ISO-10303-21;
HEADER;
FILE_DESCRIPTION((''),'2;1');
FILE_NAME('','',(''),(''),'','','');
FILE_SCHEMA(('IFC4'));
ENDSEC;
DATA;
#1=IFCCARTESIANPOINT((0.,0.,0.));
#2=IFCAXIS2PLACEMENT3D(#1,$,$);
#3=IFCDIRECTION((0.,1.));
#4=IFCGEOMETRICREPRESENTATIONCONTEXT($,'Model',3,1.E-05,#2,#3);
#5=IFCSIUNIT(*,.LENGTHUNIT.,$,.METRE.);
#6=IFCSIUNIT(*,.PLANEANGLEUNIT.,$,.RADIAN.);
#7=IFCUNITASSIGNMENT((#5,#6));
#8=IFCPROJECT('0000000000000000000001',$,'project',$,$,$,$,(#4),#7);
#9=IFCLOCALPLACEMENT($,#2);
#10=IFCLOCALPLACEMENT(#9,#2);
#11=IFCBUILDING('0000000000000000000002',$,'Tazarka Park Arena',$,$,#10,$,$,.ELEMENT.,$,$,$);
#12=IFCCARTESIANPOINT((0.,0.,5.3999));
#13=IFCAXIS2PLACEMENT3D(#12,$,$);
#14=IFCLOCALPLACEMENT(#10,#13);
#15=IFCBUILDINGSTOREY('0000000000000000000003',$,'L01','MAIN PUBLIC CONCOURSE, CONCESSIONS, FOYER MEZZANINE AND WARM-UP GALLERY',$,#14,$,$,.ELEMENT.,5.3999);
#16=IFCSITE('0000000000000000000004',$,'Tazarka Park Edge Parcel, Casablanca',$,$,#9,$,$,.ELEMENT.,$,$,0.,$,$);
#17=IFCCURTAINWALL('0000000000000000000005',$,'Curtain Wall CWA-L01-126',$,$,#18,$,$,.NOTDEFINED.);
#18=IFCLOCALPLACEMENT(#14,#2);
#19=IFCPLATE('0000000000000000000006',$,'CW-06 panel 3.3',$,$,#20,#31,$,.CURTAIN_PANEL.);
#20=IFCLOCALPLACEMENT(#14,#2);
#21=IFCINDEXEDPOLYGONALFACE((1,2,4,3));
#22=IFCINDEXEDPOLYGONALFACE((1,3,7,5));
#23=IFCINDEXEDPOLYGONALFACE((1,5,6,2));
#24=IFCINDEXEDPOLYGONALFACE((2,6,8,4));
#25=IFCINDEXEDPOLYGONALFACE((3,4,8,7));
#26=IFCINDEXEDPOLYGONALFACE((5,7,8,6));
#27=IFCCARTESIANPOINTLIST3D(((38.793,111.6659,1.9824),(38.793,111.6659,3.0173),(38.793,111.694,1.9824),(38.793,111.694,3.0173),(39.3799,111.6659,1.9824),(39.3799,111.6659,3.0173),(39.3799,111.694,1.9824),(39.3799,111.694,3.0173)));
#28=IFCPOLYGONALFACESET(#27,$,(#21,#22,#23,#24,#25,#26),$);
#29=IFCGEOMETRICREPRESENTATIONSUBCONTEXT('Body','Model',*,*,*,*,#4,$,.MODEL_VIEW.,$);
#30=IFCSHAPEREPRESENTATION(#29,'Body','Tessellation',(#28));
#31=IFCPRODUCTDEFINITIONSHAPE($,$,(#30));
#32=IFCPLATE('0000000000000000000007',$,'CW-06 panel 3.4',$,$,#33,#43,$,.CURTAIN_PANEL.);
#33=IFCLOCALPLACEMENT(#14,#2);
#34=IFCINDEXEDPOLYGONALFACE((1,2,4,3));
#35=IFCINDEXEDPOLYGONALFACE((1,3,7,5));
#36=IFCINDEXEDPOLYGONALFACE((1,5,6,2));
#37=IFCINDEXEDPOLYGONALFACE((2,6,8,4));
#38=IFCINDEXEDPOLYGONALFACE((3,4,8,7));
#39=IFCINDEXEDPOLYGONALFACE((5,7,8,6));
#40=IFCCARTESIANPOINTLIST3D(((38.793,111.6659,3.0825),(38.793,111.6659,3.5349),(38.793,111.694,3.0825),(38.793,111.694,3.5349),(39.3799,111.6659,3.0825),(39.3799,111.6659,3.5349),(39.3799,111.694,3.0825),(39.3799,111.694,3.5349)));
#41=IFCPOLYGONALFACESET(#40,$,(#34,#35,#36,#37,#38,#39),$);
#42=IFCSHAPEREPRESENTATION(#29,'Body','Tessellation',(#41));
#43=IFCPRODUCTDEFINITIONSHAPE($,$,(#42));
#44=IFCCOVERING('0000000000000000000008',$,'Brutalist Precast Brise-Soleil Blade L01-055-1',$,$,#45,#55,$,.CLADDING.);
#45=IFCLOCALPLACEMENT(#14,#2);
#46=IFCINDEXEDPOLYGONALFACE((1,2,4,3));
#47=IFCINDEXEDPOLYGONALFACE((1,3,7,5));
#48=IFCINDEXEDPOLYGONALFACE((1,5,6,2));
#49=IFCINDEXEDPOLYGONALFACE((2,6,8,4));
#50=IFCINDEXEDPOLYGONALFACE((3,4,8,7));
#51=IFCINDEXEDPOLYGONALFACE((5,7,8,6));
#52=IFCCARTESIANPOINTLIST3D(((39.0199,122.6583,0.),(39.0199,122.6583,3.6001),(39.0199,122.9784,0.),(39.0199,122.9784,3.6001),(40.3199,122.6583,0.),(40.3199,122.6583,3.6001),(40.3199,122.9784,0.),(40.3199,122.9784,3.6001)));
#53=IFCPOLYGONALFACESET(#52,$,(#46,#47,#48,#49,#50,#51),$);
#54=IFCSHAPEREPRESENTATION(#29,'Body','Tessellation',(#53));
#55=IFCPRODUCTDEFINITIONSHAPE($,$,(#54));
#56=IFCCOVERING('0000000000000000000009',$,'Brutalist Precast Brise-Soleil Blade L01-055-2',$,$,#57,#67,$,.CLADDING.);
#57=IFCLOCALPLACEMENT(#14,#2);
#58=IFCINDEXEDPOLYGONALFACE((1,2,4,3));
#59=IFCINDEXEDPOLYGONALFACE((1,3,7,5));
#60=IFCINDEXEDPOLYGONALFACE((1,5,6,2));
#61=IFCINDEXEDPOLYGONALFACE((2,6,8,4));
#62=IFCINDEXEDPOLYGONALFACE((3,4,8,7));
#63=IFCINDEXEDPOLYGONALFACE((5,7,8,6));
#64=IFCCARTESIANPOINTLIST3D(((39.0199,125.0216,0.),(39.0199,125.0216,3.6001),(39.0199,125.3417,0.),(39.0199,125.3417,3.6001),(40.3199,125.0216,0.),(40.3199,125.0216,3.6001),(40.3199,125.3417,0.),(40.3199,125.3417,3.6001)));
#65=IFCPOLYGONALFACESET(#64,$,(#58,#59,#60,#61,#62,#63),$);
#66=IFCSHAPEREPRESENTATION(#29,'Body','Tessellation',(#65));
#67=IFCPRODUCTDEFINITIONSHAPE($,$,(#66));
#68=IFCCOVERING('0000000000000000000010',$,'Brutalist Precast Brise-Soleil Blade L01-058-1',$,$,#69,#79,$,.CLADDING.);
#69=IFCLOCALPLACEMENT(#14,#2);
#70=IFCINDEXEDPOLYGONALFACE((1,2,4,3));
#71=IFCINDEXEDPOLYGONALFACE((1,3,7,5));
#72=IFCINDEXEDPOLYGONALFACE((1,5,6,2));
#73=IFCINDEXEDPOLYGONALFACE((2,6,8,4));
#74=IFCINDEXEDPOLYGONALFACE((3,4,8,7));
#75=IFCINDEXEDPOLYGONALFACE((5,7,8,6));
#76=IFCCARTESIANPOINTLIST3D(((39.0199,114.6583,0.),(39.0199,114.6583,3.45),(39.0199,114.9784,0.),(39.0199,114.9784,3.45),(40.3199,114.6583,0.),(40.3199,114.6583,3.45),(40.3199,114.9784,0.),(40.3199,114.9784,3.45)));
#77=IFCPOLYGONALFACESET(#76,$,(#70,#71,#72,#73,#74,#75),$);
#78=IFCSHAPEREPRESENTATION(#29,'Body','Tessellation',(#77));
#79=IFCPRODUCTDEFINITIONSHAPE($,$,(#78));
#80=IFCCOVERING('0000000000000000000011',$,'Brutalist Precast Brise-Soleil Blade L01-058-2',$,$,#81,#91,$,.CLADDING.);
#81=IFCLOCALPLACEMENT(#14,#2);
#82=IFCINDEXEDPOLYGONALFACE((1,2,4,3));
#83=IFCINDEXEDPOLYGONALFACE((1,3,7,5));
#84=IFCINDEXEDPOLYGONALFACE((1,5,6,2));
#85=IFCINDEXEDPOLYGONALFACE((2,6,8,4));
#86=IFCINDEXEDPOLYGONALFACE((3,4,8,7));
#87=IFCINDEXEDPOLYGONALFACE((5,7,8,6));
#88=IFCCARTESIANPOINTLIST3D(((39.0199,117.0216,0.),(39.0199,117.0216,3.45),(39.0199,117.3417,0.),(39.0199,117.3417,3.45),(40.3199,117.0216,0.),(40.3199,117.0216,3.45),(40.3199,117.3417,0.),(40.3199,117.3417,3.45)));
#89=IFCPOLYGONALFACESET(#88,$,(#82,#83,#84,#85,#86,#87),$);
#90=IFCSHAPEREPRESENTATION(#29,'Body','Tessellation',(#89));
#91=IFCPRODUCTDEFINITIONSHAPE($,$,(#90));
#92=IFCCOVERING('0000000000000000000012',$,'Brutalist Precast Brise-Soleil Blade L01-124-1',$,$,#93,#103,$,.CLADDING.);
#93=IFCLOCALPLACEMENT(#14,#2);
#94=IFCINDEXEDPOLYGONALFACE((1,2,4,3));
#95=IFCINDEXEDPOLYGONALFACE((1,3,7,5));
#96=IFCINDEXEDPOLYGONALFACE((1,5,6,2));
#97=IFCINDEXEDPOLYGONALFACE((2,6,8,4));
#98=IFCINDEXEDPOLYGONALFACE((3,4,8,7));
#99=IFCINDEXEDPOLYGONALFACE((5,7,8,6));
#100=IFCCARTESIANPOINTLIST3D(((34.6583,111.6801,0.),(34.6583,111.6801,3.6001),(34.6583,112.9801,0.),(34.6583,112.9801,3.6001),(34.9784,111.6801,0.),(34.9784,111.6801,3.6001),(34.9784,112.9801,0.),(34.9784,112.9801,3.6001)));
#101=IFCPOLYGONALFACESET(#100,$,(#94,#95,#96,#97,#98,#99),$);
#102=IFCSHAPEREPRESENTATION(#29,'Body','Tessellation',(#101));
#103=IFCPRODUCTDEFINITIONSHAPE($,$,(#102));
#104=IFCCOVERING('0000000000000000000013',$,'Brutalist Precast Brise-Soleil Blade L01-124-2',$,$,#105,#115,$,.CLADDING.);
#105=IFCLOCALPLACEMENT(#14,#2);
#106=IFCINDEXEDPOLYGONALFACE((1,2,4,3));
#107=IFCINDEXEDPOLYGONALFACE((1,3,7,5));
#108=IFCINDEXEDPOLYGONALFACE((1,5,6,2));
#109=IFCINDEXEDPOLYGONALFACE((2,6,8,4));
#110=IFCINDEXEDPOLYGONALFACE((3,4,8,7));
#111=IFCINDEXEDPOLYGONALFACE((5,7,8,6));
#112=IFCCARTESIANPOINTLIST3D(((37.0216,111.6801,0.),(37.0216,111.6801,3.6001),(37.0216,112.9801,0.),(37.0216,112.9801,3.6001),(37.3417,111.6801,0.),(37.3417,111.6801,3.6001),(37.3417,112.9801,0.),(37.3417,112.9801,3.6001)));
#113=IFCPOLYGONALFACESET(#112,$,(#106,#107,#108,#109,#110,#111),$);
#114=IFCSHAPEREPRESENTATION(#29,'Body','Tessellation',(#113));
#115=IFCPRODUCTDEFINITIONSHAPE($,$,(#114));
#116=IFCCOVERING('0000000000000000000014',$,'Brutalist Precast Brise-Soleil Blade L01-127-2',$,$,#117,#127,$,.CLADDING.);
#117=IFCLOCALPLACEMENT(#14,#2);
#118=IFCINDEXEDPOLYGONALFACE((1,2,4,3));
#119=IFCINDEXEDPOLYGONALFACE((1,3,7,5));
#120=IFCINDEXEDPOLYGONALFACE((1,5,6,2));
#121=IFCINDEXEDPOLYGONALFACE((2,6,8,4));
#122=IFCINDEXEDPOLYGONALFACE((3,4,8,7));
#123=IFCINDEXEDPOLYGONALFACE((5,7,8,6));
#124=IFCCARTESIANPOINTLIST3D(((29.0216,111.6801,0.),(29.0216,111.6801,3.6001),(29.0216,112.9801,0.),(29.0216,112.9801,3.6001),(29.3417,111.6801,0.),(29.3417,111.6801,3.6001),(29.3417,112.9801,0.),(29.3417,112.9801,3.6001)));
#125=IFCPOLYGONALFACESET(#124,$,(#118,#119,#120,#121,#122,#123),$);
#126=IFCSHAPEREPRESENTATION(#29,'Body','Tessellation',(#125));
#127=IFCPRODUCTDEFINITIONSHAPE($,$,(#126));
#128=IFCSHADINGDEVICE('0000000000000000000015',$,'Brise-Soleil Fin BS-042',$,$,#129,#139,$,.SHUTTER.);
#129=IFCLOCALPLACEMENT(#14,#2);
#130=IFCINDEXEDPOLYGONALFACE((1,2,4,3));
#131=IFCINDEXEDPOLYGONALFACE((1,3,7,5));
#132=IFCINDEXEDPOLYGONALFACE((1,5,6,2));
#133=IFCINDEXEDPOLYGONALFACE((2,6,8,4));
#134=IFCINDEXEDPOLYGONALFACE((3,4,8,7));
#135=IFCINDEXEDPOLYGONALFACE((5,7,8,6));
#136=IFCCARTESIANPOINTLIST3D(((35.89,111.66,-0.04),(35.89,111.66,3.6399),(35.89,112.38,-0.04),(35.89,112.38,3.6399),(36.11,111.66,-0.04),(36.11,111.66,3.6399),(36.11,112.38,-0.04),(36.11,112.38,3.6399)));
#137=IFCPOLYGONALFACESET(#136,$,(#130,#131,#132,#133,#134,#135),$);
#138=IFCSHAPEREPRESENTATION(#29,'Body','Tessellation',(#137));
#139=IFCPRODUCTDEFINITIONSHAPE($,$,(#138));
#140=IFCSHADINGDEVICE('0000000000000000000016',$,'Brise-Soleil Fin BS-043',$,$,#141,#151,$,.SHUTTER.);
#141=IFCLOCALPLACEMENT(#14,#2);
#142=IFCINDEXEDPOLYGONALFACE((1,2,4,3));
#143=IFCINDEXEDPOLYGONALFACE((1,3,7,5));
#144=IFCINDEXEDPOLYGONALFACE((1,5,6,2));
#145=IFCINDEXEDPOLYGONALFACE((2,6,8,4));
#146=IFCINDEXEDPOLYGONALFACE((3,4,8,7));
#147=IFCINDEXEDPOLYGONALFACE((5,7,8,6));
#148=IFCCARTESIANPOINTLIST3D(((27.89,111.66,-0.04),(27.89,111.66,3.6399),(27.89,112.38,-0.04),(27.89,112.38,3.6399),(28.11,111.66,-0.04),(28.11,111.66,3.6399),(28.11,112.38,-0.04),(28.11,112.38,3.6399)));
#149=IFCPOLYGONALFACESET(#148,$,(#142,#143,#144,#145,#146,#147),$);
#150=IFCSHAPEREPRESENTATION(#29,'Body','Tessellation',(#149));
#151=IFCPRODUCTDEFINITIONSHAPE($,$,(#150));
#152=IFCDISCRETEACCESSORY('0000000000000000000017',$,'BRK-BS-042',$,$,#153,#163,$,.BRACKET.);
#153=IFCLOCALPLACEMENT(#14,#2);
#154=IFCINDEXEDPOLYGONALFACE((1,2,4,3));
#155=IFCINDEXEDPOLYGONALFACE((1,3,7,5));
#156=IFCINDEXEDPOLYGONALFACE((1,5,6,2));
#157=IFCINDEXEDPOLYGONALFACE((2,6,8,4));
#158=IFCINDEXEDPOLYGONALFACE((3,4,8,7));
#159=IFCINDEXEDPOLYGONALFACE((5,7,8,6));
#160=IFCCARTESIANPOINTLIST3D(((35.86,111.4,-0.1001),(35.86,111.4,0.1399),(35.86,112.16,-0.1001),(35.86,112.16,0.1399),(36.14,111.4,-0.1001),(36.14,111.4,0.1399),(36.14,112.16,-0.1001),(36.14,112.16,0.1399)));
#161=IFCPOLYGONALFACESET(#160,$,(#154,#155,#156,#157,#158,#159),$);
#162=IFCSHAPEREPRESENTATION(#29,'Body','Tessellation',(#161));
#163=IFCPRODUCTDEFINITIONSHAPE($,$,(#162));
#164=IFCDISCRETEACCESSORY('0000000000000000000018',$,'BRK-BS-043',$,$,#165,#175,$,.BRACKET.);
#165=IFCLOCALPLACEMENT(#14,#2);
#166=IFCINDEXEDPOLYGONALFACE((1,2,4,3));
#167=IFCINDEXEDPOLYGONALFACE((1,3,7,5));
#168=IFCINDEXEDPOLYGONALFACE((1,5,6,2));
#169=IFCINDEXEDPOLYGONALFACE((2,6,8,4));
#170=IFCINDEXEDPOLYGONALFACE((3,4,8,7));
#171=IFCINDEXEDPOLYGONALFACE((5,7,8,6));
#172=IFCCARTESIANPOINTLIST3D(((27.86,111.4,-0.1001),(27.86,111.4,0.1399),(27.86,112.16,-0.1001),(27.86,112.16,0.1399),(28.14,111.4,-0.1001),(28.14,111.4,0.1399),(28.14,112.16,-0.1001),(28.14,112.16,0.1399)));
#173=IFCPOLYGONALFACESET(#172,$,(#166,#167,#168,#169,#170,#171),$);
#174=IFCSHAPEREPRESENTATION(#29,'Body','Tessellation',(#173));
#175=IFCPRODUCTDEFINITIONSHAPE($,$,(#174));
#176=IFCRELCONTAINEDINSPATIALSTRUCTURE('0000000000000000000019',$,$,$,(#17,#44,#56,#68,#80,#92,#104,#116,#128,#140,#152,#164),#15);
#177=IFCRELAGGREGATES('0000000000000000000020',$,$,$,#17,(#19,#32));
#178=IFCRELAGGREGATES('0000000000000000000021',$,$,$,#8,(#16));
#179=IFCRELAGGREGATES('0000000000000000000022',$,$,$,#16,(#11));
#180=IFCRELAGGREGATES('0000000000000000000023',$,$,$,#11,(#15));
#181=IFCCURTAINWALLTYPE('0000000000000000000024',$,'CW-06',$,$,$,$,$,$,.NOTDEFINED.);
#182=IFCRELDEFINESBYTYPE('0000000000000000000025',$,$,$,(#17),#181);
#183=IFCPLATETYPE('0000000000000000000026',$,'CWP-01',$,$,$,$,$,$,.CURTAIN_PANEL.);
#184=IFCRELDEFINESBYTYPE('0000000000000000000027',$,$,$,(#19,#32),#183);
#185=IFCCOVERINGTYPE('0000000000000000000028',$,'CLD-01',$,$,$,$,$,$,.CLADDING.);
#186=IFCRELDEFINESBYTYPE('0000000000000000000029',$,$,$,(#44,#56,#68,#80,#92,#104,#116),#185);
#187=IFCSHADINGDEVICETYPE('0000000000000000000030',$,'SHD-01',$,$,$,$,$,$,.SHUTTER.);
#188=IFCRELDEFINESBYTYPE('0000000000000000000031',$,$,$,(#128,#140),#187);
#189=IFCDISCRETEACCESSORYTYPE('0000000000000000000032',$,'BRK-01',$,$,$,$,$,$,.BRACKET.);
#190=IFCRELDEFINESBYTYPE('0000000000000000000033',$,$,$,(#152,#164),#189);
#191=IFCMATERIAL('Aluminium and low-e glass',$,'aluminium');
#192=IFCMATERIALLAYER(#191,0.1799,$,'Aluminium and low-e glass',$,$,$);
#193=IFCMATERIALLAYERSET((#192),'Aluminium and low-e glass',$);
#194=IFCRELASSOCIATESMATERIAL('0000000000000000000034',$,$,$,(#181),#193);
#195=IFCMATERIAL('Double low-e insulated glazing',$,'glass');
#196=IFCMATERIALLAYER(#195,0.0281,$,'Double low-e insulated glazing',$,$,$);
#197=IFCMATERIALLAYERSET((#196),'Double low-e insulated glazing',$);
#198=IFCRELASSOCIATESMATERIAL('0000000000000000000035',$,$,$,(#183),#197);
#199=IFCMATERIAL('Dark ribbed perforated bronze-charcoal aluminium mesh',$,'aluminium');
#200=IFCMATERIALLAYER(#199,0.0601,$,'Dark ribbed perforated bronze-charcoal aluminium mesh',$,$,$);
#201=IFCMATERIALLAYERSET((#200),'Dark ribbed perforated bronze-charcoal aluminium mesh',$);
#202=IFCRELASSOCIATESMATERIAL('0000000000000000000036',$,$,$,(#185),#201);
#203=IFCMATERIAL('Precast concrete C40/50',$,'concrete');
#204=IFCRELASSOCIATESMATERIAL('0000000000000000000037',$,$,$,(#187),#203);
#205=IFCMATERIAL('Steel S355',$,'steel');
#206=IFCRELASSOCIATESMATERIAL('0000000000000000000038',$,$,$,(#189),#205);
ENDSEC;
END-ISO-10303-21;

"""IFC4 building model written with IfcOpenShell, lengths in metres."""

from ifc_helpers import new_model, si_unit, direction, frame, origin, origin_2d, place, context, subcontext, project, spatial, rectangle, extrude, material, layer, layer_set, type_object, element, aggregate, save


model = new_model("IFC4")

# Units and contexts
model_context = context("Model", 3, precision=1e-05, world=origin(), true_north=direction((0.0, 1.0)))
body_context = subcontext(model_context, "Body", "Model", "MODEL_VIEW")
ifc_project = project(units=[si_unit("LENGTHUNIT", "METRE"), si_unit("PLANEANGLEUNIT", "RADIAN")], contexts=[model_context])

# Site, building, storey
site_placement = place(None, origin())
site = spatial("IfcSite", under=ifc_project, at=site_placement, Name="Tazarka Park Edge Parcel, Casablanca", CompositionType="ELEMENT", RefElevation=0.0)
building_placement = place(site_placement, origin())
building = spatial("IfcBuilding", under=site, at=building_placement, Name="Tazarka Park Arena", CompositionType="ELEMENT")
storey_placement = place(building_placement, frame((0.0, 0.0, 5.3999)))
storey = spatial("IfcBuildingStorey", under=building, at=storey_placement, Name="L01", Description="MAIN PUBLIC CONCOURSE, CONCESSIONS, FOYER MEZZANINE AND WARM-UP GALLERY", CompositionType="ELEMENT", Elevation=5.3999)

# Curtain wall, plates
ifc_material_1 = material(Name="Aluminium and low-e glass", Category="aluminium")
ifc_layer_1 = layer(ifc_material_1, 0.1799, Name="Aluminium and low-e glass")
ifc_layer_set_1 = layer_set([ifc_layer_1], Name="Aluminium and low-e glass")
curtain_wall_type = type_object("IfcCurtainWallType", Name="CW-06", PredefinedType="NOTDEFINED", material=ifc_layer_set_1)
curtain_wall_placement = place(storey_placement, origin())
curtain_wall = element("IfcCurtainWall", 1, at=curtain_wall_placement, inside=storey, type_object=curtain_wall_type, Name="Curtain Wall CWA-L01-126", PredefinedType="NOTDEFINED")
ifc_material_2 = material(Name="Double low-e insulated glazing", Category="glass")
ifc_layer_2 = layer(ifc_material_2, 0.0281, Name="Double low-e insulated glazing")
ifc_layer_set_2 = layer_set([ifc_layer_2], Name="Double low-e insulated glazing")
plate_type = type_object("IfcPlateType", Name="CWP-01", PredefinedType="CURTAIN_PANEL", material=ifc_layer_set_2)
plate_1_placement = place(storey_placement, frame((39.0864, 111.6799, 1.9824), z_axis=(0.0, 0.0, 1.0), x_axis=(1.0, 0.0, 0.0)))
plate_1 = element("IfcPlate", 2, at=plate_1_placement, type_object=plate_type, Name="CW-06 panel 3.3", PredefinedType="CURTAIN_PANEL", context=body_context, shape_type="SweptSolid", body=[
    extrude(rectangle(XDim=0.5869, YDim=0.0281, at=origin_2d()), origin(), (0.0, 0.0, 1.0), 1.0349),
])
plate_2_placement = place(storey_placement, frame((39.0864, 111.6799, 3.0825), z_axis=(0.0, 0.0, 1.0), x_axis=(1.0, 0.0, 0.0)))
plate_2 = element("IfcPlate", 3, at=plate_2_placement, type_object=plate_type, Name="CW-06 panel 3.4", PredefinedType="CURTAIN_PANEL", context=body_context, shape_type="SweptSolid", body=[
    extrude(rectangle(XDim=0.5869, YDim=0.0281, at=origin_2d()), origin(), (0.0, 0.0, 1.0), 0.4524),
])
aggregate(curtain_wall, [plate_1, plate_2])

# Coverings
ifc_material_3 = material(Name="Dark ribbed perforated bronze-charcoal aluminium mesh", Category="aluminium")
ifc_layer_3 = layer(ifc_material_3, 0.0601, Name="Dark ribbed perforated bronze-charcoal aluminium mesh")
ifc_layer_set_3 = layer_set([ifc_layer_3], Name="Dark ribbed perforated bronze-charcoal aluminium mesh")
covering_type = type_object("IfcCoveringType", Name="CLD-01", PredefinedType="CLADDING", material=ifc_layer_set_3)
for number, where, z_axis, x_axis, name in (
    (4, (39.6699, 122.8184, 0.0), (0.0, 0.0, 1.0), (0.0, 1.0, 0.0), "Brutalist Precast Brise-Soleil Blade L01-055-1"),
    (5, (39.6699, 125.1816, 0.0), (0.0, 0.0, 1.0), (0.0, 1.0, 0.0), "Brutalist Precast Brise-Soleil Blade L01-055-2"),
):
    element("IfcCovering", number, at=place(storey_placement, frame(where, z_axis=z_axis, x_axis=x_axis)), inside=storey, type_object=covering_type, Name=name, PredefinedType="CLADDING", context=body_context, shape_type="SweptSolid", body=[
        extrude(rectangle(XDim=0.3201, YDim=1.3, at=origin_2d()), origin(), (0.0, 0.0, 1.0), 3.6001),
    ])
for number, where, z_axis, x_axis, name in (
    (6, (39.6699, 114.8184, 0.0), (0.0, 0.0, 1.0), (0.0, 1.0, 0.0), "Brutalist Precast Brise-Soleil Blade L01-058-1"),
    (7, (39.6699, 117.1816, 0.0), (0.0, 0.0, 1.0), (0.0, 1.0, 0.0), "Brutalist Precast Brise-Soleil Blade L01-058-2"),
):
    element("IfcCovering", number, at=place(storey_placement, frame(where, z_axis=z_axis, x_axis=x_axis)), inside=storey, type_object=covering_type, Name=name, PredefinedType="CLADDING", context=body_context, shape_type="SweptSolid", body=[
        extrude(rectangle(XDim=0.3201, YDim=1.3, at=origin_2d()), origin(), (0.0, 0.0, 1.0), 3.45),
    ])
for number, where, z_axis, x_axis, name in (
    (8, (34.8184, 112.3301, 0.0), (0.0, 0.0, 1.0), (1.0, 0.0, 0.0), "Brutalist Precast Brise-Soleil Blade L01-124-1"),
    (9, (37.1816, 112.3301, 0.0), (0.0, 0.0, 1.0), (1.0, 0.0, 0.0), "Brutalist Precast Brise-Soleil Blade L01-124-2"),
    (10, (29.1816, 112.3301, 0.0), (0.0, 0.0, 1.0), (1.0, 0.0, 0.0), "Brutalist Precast Brise-Soleil Blade L01-127-2"),
):
    element("IfcCovering", number, at=place(storey_placement, frame(where, z_axis=z_axis, x_axis=x_axis)), inside=storey, type_object=covering_type, Name=name, PredefinedType="CLADDING", context=body_context, shape_type="SweptSolid", body=[
        extrude(rectangle(XDim=0.3201, YDim=1.3, at=origin_2d()), origin(), (0.0, 0.0, 1.0), 3.6001),
    ])

# Shading devices
ifc_material_4 = material(Name="Precast concrete C40/50", Category="concrete")
shading_device_type = type_object("IfcShadingDeviceType", Name="SHD-01", PredefinedType="SHUTTER", material=ifc_material_4)
for number, where, z_axis, x_axis, name in (
    (11, (36.0, 112.02, -0.04), (0.0, 0.0, 1.0), (1.0, 0.0, 0.0), "Brise-Soleil Fin BS-042"),
    (12, (28.0, 112.02, -0.04), (0.0, 0.0, 1.0), (1.0, 0.0, 0.0), "Brise-Soleil Fin BS-043"),
):
    element("IfcShadingDevice", number, at=place(storey_placement, frame(where, z_axis=z_axis, x_axis=x_axis)), inside=storey, type_object=shading_device_type, Name=name, PredefinedType="SHUTTER", context=body_context, shape_type="SweptSolid", body=[
        extrude(rectangle(XDim=0.22, YDim=0.72, at=origin_2d()), origin(), (0.0, 0.0, 1.0), 3.6799),
    ])

# Discrete accessories
ifc_material_5 = material(Name="Steel S355", Category="steel")
discrete_accessory_type = type_object("IfcDiscreteAccessoryType", Name="BRK-01", PredefinedType="BRACKET", material=ifc_material_5)
for number, where, z_axis, x_axis, name in (
    (13, (36.0, 111.78, -0.1001), (0.0, 0.0, 1.0), (1.0, 0.0, 0.0), "BRK-BS-042"),
    (14, (28.0, 111.78, -0.1001), (0.0, 0.0, 1.0), (1.0, 0.0, 0.0), "BRK-BS-043"),
):
    element("IfcDiscreteAccessory", number, at=place(storey_placement, frame(where, z_axis=z_axis, x_axis=x_axis)), inside=storey, type_object=discrete_accessory_type, Name=name, PredefinedType="BRACKET", context=body_context, shape_type="SweptSolid", body=[
        extrude(rectangle(XDim=0.28, YDim=0.76, at=origin_2d()), origin(), (0.0, 0.0, 1.0), 0.24),
    ])

save(model, "model.ifc")
